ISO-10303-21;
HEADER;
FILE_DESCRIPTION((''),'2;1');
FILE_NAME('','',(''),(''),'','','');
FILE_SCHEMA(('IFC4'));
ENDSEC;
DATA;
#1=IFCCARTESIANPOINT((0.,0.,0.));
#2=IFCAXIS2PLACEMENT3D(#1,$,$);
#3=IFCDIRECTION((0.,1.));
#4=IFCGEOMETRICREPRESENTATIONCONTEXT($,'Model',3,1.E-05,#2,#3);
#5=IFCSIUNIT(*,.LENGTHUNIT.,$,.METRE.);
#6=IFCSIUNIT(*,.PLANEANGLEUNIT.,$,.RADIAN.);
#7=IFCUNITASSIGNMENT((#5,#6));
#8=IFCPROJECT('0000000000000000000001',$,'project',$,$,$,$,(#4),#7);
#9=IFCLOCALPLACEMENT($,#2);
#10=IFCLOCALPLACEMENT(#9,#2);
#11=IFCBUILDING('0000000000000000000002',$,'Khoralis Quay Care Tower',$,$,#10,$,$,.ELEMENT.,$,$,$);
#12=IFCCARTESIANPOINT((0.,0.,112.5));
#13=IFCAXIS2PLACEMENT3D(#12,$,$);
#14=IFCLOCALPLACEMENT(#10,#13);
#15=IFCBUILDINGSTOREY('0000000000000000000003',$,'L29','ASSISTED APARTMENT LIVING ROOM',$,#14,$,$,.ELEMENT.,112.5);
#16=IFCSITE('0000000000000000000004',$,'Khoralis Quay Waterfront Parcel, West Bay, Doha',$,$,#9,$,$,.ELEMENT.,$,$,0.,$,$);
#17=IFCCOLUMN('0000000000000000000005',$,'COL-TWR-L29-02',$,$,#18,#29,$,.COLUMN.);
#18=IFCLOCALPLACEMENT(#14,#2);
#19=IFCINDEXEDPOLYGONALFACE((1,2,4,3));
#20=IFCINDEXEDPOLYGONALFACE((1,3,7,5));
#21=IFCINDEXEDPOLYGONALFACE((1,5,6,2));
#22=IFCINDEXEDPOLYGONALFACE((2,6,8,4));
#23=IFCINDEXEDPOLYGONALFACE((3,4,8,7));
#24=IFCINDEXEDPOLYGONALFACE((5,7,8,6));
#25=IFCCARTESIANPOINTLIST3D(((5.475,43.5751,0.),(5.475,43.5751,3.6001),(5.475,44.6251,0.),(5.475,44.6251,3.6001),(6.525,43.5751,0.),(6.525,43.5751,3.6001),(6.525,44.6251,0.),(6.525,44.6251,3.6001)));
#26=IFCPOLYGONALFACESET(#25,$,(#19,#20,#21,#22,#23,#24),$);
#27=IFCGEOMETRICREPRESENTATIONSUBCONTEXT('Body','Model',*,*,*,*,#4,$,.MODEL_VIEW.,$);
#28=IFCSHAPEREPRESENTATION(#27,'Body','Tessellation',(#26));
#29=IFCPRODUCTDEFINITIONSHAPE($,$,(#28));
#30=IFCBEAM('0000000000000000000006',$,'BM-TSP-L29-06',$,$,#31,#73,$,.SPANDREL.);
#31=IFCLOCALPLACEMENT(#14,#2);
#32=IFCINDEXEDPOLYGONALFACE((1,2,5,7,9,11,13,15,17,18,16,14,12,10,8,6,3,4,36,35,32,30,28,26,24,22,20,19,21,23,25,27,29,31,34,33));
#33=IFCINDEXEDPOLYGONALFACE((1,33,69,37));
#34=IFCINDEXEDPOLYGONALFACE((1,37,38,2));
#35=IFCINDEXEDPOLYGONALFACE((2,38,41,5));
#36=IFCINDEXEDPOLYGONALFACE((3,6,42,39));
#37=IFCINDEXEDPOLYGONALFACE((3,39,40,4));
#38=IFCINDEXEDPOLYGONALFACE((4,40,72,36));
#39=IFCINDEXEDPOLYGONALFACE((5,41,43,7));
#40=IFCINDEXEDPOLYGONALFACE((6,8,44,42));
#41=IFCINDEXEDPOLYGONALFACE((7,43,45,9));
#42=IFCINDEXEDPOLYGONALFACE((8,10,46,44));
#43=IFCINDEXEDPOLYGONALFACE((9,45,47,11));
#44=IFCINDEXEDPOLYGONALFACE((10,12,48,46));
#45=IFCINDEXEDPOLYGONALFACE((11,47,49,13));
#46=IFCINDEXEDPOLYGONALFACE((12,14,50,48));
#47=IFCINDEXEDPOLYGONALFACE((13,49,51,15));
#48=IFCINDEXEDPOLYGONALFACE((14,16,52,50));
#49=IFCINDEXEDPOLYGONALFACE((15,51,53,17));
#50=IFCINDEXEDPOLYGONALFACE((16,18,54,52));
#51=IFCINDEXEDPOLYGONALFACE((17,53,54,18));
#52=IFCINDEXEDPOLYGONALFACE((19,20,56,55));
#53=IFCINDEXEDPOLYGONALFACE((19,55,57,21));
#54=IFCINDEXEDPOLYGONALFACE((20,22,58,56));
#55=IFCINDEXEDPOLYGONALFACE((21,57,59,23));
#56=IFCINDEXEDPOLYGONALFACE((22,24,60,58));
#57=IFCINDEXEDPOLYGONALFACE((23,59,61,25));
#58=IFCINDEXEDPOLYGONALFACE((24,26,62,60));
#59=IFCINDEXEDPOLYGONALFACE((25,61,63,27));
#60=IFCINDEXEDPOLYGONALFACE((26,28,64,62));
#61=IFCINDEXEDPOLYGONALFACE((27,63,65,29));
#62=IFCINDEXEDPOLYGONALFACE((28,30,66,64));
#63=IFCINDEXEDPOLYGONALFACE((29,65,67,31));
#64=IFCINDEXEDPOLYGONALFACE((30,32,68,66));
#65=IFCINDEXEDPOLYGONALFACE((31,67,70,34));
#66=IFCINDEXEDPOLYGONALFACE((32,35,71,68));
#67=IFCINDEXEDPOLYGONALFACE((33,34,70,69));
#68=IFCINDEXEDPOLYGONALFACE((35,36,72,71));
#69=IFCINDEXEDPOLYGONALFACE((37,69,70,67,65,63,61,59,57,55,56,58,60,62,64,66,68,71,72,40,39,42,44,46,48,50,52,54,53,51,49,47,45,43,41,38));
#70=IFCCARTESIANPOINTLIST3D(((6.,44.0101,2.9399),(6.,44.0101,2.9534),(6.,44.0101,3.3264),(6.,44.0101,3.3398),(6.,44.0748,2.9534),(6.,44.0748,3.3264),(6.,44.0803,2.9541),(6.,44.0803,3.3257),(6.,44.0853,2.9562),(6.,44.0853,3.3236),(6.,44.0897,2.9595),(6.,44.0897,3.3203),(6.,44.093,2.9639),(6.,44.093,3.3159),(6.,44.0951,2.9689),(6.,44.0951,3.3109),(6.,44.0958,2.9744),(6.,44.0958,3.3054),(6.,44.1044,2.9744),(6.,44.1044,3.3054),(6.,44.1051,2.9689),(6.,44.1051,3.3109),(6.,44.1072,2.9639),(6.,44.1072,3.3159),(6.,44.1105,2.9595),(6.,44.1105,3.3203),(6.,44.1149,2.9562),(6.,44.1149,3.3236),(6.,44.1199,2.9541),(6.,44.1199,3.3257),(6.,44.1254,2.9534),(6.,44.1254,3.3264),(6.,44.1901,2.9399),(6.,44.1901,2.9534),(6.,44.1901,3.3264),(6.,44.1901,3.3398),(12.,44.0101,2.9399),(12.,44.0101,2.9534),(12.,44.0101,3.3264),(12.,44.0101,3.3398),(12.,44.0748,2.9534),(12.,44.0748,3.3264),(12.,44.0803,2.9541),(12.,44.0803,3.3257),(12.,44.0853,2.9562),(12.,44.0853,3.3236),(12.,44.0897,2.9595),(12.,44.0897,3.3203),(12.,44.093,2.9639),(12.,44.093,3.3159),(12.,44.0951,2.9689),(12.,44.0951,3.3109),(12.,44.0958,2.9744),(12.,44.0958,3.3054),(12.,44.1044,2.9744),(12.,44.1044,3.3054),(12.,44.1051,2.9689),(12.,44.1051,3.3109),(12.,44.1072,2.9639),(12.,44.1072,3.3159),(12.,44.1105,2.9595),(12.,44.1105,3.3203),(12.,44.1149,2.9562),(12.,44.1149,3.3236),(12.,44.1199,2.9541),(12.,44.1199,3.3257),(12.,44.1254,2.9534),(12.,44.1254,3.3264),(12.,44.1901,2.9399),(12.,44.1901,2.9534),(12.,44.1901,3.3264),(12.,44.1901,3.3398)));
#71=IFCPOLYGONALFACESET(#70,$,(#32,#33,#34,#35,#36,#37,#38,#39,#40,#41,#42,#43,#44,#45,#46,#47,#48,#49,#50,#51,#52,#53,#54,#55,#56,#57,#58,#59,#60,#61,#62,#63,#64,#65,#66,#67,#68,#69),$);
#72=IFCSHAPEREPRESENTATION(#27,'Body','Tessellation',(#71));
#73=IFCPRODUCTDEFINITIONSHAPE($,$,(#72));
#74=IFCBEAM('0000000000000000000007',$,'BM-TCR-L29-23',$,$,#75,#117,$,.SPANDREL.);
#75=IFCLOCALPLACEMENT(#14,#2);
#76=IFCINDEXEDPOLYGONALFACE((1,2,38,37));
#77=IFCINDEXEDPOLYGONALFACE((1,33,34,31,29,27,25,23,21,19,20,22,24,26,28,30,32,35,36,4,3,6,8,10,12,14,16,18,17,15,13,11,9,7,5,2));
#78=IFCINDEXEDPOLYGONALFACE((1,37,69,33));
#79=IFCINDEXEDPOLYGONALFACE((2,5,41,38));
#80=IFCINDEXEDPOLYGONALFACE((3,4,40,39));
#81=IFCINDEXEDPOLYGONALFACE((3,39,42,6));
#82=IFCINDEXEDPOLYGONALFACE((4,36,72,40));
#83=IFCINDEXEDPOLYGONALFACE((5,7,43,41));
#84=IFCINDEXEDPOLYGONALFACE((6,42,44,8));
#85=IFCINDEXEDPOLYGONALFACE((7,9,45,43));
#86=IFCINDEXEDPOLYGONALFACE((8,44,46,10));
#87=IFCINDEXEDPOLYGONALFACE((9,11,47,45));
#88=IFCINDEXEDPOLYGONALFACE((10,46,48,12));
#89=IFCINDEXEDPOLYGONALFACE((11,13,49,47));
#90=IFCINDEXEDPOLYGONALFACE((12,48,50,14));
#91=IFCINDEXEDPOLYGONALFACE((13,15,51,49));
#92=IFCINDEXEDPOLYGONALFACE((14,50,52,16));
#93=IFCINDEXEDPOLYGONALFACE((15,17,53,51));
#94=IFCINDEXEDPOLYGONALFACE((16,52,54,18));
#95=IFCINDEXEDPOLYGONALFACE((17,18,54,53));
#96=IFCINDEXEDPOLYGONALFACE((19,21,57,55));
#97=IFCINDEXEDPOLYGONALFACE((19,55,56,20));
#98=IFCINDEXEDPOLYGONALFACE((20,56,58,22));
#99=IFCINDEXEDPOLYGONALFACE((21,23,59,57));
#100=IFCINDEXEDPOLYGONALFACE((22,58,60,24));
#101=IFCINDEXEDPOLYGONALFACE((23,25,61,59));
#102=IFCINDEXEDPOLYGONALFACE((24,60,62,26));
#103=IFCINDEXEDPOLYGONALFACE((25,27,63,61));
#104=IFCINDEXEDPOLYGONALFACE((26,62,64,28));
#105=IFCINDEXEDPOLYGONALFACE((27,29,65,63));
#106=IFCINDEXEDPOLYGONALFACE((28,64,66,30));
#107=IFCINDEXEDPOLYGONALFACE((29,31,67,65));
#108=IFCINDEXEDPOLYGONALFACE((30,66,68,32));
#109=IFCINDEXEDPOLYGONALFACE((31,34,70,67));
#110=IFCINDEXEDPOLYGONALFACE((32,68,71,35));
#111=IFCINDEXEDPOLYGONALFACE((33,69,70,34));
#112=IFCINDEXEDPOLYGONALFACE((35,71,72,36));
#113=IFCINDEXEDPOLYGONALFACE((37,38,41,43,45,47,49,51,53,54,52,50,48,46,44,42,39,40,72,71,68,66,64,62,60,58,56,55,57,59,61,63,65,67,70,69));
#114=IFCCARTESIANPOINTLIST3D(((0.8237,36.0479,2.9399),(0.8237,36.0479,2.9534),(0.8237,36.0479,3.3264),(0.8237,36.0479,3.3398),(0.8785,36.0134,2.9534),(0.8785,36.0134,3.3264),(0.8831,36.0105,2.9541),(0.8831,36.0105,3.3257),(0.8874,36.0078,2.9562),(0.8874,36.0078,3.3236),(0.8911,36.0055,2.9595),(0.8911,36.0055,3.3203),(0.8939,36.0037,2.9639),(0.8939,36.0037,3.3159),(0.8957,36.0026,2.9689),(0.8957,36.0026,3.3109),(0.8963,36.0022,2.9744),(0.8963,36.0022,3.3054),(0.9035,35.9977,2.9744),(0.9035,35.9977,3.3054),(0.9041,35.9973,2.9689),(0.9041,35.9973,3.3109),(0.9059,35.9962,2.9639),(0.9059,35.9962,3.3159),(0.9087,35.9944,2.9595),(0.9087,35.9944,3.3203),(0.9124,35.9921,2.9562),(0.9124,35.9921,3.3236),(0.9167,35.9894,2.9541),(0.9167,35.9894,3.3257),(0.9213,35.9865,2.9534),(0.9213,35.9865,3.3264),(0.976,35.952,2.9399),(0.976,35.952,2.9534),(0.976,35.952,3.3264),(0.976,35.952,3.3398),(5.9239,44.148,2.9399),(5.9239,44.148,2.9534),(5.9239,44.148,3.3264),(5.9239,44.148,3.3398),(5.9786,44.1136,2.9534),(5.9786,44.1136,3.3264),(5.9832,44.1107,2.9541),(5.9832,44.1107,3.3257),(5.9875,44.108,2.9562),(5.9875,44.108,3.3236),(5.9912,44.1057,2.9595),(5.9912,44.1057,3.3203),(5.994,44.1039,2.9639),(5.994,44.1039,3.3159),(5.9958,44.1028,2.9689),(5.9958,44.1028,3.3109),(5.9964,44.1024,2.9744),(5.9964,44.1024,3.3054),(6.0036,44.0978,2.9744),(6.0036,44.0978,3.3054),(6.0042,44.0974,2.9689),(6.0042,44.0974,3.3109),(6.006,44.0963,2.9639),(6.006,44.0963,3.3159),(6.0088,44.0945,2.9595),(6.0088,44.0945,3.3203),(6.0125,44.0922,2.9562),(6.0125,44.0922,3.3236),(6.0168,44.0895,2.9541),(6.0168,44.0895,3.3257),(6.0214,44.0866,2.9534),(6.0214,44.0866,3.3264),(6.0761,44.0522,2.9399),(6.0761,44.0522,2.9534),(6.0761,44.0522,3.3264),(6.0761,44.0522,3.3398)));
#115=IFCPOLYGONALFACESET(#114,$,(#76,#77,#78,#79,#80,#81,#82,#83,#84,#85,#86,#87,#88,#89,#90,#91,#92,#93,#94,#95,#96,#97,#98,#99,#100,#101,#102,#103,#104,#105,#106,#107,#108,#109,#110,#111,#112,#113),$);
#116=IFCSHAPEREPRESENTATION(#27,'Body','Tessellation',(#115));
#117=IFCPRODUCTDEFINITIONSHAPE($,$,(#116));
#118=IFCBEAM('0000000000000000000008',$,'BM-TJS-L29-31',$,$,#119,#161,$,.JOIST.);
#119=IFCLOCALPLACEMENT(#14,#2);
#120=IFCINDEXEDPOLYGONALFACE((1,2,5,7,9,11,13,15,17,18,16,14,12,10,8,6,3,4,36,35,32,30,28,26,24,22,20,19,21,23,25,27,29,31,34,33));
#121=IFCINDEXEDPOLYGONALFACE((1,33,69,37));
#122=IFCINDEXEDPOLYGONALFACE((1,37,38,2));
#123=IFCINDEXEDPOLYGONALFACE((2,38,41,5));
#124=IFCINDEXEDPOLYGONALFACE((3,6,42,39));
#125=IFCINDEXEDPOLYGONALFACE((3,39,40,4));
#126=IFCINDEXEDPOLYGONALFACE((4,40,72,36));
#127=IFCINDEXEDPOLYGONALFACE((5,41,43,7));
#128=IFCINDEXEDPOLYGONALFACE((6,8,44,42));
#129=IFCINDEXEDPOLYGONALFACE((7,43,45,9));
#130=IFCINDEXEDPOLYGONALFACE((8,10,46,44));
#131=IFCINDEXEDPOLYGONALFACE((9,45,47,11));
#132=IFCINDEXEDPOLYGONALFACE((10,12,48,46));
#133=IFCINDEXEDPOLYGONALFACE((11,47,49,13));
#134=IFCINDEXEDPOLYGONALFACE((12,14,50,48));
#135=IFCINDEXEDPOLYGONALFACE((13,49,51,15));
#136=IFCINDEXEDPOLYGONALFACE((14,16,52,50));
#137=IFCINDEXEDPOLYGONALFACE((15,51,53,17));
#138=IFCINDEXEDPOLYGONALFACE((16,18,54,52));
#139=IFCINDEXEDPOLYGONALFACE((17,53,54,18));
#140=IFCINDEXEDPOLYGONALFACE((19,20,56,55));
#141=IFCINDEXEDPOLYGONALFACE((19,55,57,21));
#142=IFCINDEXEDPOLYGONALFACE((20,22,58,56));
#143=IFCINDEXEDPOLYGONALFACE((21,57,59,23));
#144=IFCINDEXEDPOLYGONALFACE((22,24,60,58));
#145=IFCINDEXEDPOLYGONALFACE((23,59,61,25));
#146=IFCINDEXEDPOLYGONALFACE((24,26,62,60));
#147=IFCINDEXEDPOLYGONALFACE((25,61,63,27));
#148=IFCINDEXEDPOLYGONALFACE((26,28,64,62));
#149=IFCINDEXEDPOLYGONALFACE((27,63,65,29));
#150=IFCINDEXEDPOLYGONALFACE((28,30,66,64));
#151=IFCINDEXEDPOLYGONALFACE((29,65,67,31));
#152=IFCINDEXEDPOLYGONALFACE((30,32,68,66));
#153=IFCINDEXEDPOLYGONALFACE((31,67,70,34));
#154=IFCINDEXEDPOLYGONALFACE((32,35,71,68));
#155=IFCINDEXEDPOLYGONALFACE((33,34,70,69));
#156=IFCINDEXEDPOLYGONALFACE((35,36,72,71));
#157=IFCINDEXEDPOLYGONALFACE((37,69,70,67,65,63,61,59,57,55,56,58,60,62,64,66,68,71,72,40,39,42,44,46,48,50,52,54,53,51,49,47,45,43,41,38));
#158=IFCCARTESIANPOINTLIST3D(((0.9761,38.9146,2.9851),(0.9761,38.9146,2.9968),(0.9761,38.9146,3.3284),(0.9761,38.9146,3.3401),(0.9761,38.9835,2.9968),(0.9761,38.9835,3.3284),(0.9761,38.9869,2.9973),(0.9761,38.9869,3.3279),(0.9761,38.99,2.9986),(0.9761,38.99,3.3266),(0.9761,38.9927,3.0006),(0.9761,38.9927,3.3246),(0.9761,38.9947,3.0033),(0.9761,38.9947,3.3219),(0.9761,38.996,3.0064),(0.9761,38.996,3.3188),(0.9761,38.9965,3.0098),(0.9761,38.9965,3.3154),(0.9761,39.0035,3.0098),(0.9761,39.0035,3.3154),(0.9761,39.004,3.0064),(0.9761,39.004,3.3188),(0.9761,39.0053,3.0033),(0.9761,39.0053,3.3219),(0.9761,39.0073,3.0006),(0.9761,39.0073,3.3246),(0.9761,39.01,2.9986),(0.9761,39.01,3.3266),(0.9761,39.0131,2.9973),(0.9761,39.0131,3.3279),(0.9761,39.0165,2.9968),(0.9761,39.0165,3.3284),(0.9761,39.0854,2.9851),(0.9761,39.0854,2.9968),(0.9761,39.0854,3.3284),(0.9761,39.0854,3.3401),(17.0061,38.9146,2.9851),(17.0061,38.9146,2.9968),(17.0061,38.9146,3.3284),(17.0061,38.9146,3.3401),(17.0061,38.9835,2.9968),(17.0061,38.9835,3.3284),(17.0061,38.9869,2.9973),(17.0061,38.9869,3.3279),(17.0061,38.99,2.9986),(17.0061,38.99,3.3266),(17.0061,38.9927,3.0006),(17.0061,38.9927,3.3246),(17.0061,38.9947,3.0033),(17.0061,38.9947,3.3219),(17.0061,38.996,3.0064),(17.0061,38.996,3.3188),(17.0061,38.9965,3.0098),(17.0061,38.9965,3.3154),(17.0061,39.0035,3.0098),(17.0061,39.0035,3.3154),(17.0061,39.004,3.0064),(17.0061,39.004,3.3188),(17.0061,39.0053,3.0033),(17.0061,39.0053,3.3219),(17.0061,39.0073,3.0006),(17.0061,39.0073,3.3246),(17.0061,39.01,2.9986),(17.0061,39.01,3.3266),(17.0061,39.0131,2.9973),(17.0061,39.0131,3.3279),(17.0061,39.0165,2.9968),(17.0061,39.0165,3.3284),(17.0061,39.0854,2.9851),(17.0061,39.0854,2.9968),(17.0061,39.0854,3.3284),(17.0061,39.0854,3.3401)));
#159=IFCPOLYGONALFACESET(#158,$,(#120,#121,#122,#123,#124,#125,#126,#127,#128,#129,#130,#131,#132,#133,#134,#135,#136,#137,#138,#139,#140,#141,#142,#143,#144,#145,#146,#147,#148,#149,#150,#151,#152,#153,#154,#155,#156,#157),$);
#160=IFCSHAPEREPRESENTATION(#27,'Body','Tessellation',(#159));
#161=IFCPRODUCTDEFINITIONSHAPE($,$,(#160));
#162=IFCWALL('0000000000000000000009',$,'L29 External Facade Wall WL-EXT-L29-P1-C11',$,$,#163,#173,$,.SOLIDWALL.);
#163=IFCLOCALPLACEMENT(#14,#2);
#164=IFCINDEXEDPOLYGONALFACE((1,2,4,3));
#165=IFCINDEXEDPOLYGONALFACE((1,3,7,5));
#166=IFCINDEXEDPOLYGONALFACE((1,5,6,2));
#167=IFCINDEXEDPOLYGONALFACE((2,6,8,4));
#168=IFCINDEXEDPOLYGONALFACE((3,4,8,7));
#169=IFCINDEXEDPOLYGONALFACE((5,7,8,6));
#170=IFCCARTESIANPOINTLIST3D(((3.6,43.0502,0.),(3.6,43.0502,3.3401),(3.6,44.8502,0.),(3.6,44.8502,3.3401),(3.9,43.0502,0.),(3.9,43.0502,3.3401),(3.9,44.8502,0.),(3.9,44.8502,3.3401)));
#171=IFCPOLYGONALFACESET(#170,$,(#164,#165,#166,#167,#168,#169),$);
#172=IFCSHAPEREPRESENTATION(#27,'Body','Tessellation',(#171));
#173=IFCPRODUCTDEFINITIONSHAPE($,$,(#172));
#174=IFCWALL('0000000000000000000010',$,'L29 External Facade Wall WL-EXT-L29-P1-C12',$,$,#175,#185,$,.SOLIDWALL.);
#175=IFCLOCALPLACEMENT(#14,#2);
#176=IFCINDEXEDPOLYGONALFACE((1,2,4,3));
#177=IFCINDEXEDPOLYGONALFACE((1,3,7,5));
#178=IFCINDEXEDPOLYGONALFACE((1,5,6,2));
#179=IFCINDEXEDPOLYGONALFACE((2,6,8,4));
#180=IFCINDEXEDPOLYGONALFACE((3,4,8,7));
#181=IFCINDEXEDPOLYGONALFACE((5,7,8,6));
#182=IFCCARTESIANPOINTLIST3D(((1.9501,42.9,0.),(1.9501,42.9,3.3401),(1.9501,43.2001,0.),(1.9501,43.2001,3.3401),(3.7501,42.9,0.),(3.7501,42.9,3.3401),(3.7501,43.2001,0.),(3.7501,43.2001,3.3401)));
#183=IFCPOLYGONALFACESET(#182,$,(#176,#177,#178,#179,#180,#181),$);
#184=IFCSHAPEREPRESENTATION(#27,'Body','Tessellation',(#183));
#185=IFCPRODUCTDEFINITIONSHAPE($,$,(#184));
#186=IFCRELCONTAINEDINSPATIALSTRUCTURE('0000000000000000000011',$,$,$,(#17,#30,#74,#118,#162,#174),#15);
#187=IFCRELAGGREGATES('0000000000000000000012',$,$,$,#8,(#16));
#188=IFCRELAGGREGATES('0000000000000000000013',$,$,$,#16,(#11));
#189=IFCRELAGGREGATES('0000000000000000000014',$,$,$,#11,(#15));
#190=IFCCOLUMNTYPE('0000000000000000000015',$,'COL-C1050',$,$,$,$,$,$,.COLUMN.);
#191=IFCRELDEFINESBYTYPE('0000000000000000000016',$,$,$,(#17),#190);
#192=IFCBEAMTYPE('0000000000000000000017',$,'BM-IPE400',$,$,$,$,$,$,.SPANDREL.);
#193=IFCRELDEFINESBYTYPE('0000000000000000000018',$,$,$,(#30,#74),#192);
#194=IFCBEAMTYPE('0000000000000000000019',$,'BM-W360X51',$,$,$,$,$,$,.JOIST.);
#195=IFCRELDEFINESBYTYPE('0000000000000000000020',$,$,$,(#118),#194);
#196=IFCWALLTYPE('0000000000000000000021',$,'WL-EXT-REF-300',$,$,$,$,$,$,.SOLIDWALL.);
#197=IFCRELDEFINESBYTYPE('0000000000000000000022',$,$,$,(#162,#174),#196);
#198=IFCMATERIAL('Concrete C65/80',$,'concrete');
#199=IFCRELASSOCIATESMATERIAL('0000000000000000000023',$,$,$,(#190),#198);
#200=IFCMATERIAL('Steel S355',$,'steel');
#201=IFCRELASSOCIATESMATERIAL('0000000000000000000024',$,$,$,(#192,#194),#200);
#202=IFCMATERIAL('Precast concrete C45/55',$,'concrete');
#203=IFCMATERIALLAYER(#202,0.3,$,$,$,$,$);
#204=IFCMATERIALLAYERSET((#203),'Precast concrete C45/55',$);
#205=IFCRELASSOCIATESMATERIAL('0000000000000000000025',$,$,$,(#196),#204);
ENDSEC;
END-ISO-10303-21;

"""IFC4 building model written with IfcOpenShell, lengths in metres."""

from ifc_helpers import new_model, si_unit, direction, frame, frame_2d, origin, origin_2d, place, context, subcontext, project, spatial, rectangle, i_section, extrude, source, transform, mapped, material, layer, layer_set, material_profile, profile_set, type_object, element, save


model = new_model("IFC4")

# Units and contexts
model_context = context("Model", 3, precision=1e-05, world=origin(), true_north=direction((0.0, 1.0)))
body_context = subcontext(model_context, "Body", "Model", "MODEL_VIEW")
ifc_project = project(units=[si_unit("LENGTHUNIT", "METRE"), si_unit("PLANEANGLEUNIT", "RADIAN")], contexts=[model_context])

# Site, building, storey
site_placement = place(None, origin())
site = spatial("IfcSite", under=ifc_project, at=site_placement, Name="Khoralis Quay Waterfront Parcel, West Bay, Doha", CompositionType="ELEMENT", RefElevation=0.0)
building_placement = place(site_placement, origin())
building = spatial("IfcBuilding", under=site, at=building_placement, Name="Khoralis Quay Care Tower", CompositionType="ELEMENT")
storey_placement = place(building_placement, frame((0.0, 0.0, 112.5)))
storey = spatial("IfcBuildingStorey", under=building, at=storey_placement, Name="L29", Description="ASSISTED APARTMENT LIVING ROOM", CompositionType="ELEMENT", Elevation=112.5)

# Column
ifc_material_1 = material(Name="Concrete C65/80", Category="concrete")
ifc_material_profile_1 = material_profile(ifc_material_1, rectangle(XDim=1.05, YDim=1.05, at=origin_2d()), Name="Concrete C65/80")
ifc_profile_set_1 = profile_set([ifc_material_profile_1], Name="Concrete C65/80")
column_type = type_object("IfcColumnType", Name="COL-C1050", PredefinedType="COLUMN", material=ifc_profile_set_1)
shared_shape_1 = source(origin(), body_context, "Body", "SweptSolid", [
    extrude(rectangle(XDim=1.05, YDim=1.05, at=origin_2d()), origin(), (0.0, 0.0, 1.0), 3.6001),
])
column_placement = place(storey_placement, frame((6.0, 44.1001, 0.0), z_axis=(0.0, 0.0, 1.0), x_axis=(1.0, 0.0, 0.0)))
element("IfcColumn", 1, at=column_placement, inside=storey, type_object=column_type, Name="COL-TWR-L29-02", PredefinedType="COLUMN", context=body_context, shape_type="MappedRepresentation", body=[
    mapped(shared_shape_1, transform((0.0, 0.0, 0.0), scale=1.0)),
])

# Beams
ifc_material_2 = material(Name="Steel S355", Category="steel")
ifc_material_profile_2 = material_profile(ifc_material_2, i_section(OverallWidth=0.1799, OverallDepth=0.3999, WebThickness=0.0085, FlangeThickness=0.0134, FilletRadius=0.021, at=origin_2d()), Name="Steel S355")
ifc_profile_set_2 = profile_set([ifc_material_profile_2], Name="Steel S355")
beam_type_1 = type_object("IfcBeamType", Name="BM-IPE400", PredefinedType="SPANDREL", material=ifc_profile_set_2)
shared_shape_2 = source(origin(), body_context, "Body", "SweptSolid", [
    extrude(i_section(OverallWidth=0.1799, OverallDepth=0.3999, WebThickness=0.0085, FlangeThickness=0.0134, FilletRadius=0.021, at=origin_2d()), origin(), (0.0, 0.0, 1.0), 6.0),
])
beam_1_placement = place(storey_placement, frame((6.0, 44.1001, 3.1399), z_axis=(1.0, 0.0, 0.0), x_axis=(0.0, 1.0, 0.0)))
element("IfcBeam", 2, at=beam_1_placement, inside=storey, type_object=beam_type_1, Name="BM-TSP-L29-06", PredefinedType="SPANDREL", context=body_context, shape_type="MappedRepresentation", body=[
    mapped(shared_shape_2, transform((0.0, 0.0, 0.0), scale=1.0)),
])
shared_shape_3 = source(origin(), body_context, "Body", "SweptSolid", [
    extrude(i_section(OverallWidth=0.1799, OverallDepth=0.3999, WebThickness=0.0085, FlangeThickness=0.0134, FilletRadius=0.021, at=origin_2d()), origin(), (0.0, 0.0, 1.0), 9.572),
])
beam_2_placement = place(storey_placement, frame((6.0, 44.1001, 3.1399), z_axis=(-0.532816, -0.846231, 0.0), x_axis=(0.846231, -0.532816, 0.0)))
element("IfcBeam", 3, at=beam_2_placement, inside=storey, type_object=beam_type_1, Name="BM-TCR-L29-23", PredefinedType="SPANDREL", context=body_context, shape_type="MappedRepresentation", body=[
    mapped(shared_shape_3, transform((0.0, 0.0, 0.0), scale=1.0)),
])
ifc_material_profile_3 = material_profile(ifc_material_2, i_section(OverallWidth=0.1709, OverallDepth=0.355, WebThickness=0.0071, FlangeThickness=0.0117, FilletRadius=0.0129, at=origin_2d()), Name="Steel S355")
ifc_profile_set_3 = profile_set([ifc_material_profile_3], Name="Steel S355")
beam_type_2 = type_object("IfcBeamType", Name="BM-W360X51", PredefinedType="JOIST", material=ifc_profile_set_3)
shared_shape_4 = source(origin(), body_context, "Body", "SweptSolid", [
    extrude(i_section(OverallWidth=0.1709, OverallDepth=0.355, WebThickness=0.0071, FlangeThickness=0.0117, FilletRadius=0.0129, at=origin_2d()), origin(), (0.0, 0.0, 1.0), 16.03),
])
beam_3_placement = place(storey_placement, frame((0.9761, 39.0, 3.1626), z_axis=(1.0, 0.0, 0.0), x_axis=(0.0, 1.0, 0.0)))
element("IfcBeam", 4, at=beam_3_placement, inside=storey, type_object=beam_type_2, Name="BM-TJS-L29-31", PredefinedType="JOIST", context=body_context, shape_type="MappedRepresentation", body=[
    mapped(shared_shape_4, transform((0.0, 0.0, 0.0), scale=1.0)),
])

# Walls
ifc_material_3 = material(Name="Precast concrete C45/55", Category="concrete")
ifc_layer_1 = layer(ifc_material_3, 0.3)
ifc_layer_set_1 = layer_set([ifc_layer_1], Name="Precast concrete C45/55")
wall_type = type_object("IfcWallType", Name="WL-EXT-REF-300", PredefinedType="SOLIDWALL", material=ifc_layer_set_1)
for number, where, z_axis, x_axis, name in (
    (5, (3.75, 44.8501, 0.0), (0.0, 0.0, 1.0), (0.0, -1.0, 0.0), "L29 External Facade Wall WL-EXT-L29-P1-C11"),
    (6, (3.75, 43.05, 0.0), (0.0, 0.0, 1.0), (-1.0, 0.0, 0.0), "L29 External Facade Wall WL-EXT-L29-P1-C12"),
):
    element("IfcWall", number, at=place(storey_placement, frame(where, z_axis=z_axis, x_axis=x_axis)), inside=storey, type_object=wall_type, Name=name, PredefinedType="SOLIDWALL", context=body_context, shape_type="SweptSolid", body=[
        extrude(rectangle(XDim=1.8, YDim=0.3, at=frame_2d((0.8999, 0.0))), origin(), (0.0, 0.0, 1.0), 3.3401),
    ])

save(model, "model.ifc")
